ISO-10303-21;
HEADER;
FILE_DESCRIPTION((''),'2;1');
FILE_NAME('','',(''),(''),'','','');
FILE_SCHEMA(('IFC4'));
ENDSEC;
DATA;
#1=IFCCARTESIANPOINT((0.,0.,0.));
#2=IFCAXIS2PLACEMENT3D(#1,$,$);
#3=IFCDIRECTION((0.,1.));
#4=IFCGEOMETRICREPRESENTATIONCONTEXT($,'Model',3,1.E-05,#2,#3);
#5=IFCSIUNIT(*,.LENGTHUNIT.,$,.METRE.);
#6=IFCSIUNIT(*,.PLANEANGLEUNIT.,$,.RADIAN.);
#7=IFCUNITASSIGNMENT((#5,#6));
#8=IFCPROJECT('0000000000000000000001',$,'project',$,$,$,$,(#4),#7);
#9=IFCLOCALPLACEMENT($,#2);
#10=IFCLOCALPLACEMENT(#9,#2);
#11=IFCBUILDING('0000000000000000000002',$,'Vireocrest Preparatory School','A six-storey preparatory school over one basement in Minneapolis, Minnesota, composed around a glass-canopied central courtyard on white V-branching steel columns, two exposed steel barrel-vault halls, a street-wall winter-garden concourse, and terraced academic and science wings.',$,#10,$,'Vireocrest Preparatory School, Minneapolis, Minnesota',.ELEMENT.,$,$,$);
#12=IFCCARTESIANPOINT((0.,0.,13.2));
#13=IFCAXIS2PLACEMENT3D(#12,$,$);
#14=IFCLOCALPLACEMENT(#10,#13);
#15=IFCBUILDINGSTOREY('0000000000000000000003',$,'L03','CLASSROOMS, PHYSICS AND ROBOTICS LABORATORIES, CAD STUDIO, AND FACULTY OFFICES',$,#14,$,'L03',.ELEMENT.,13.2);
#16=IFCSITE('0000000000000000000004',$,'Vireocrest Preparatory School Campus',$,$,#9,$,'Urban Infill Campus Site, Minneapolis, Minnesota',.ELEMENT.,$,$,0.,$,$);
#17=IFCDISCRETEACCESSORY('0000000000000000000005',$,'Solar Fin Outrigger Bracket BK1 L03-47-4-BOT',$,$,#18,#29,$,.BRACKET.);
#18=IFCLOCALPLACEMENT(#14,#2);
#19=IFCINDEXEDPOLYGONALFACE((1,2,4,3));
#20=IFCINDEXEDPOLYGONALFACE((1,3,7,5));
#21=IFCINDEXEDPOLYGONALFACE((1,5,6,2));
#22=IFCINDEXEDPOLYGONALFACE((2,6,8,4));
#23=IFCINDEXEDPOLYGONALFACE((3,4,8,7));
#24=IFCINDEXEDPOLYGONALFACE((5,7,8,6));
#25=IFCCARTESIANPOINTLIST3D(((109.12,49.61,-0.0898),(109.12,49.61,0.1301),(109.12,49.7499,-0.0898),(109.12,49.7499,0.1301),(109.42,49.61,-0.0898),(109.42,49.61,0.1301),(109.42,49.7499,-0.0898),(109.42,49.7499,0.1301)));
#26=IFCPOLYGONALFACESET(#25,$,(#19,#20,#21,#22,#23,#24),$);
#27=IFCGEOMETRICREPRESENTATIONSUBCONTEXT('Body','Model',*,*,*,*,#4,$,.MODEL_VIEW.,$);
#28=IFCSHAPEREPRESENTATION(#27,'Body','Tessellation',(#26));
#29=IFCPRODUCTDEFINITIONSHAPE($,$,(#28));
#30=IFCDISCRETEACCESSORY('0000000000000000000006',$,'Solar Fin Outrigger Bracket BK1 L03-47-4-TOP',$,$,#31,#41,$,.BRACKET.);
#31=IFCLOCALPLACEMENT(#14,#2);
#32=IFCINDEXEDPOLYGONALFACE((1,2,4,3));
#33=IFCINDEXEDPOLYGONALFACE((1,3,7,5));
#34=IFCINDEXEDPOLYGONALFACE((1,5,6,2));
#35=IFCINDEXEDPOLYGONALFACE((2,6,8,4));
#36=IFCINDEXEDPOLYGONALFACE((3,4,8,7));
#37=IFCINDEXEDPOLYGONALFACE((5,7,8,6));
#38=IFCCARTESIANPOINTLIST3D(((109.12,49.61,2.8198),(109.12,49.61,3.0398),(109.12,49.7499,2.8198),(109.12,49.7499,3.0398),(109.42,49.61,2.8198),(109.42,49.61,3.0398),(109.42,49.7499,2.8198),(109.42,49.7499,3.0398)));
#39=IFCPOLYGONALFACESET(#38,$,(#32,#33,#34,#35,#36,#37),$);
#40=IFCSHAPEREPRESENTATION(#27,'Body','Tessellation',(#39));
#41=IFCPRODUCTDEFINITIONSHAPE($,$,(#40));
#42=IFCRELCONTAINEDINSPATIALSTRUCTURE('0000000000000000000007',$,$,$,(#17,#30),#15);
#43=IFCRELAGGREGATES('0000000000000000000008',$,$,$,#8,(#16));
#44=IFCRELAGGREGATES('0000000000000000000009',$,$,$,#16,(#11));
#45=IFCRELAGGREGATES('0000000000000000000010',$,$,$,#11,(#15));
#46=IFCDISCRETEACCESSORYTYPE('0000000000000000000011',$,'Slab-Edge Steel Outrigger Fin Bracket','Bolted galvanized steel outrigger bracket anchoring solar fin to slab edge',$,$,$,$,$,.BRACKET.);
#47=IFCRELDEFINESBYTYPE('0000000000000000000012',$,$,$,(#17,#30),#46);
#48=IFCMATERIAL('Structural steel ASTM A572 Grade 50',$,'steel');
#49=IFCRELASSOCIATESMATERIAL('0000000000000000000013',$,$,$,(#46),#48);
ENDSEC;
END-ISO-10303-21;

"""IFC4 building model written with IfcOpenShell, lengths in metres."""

from ifc_helpers import new_model, si_unit, direction, frame, origin, origin_2d, place, context, subcontext, project, spatial, rectangle, extrude, material, type_object, element, save


model = new_model("IFC4")

# Units and contexts
model_context = context("Model", 3, precision=1e-05, world=origin(), true_north=direction((0.0, 1.0)))
body_context = subcontext(model_context, "Body", "Model", "MODEL_VIEW")
ifc_project = project(units=[si_unit("LENGTHUNIT", "METRE"), si_unit("PLANEANGLEUNIT", "RADIAN")], contexts=[model_context])

# Site, building, storey
site_placement = place(None, origin())
site = spatial("IfcSite", under=ifc_project, at=site_placement, Name="Vireocrest Preparatory School Campus", LongName="Urban Infill Campus Site, Minneapolis, Minnesota", CompositionType="ELEMENT", RefElevation=0.0)
building_placement = place(site_placement, origin())
building = spatial("IfcBuilding", under=site, at=building_placement, Name="Vireocrest Preparatory School", Description="A six-storey preparatory school over one basement in Minneapolis, Minnesota, composed around a glass-canopied central courtyard on white V-branching steel columns, two exposed steel barrel-vault halls, a street-wall winter-garden concourse, and terraced academic and science wings.", LongName="Vireocrest Preparatory School, Minneapolis, Minnesota", CompositionType="ELEMENT")
storey_placement = place(building_placement, frame((0.0, 0.0, 13.2)))
storey = spatial("IfcBuildingStorey", under=building, at=storey_placement, Name="L03", Description="CLASSROOMS, PHYSICS AND ROBOTICS LABORATORIES, CAD STUDIO, AND FACULTY OFFICES", LongName="L03", CompositionType="ELEMENT", Elevation=13.2)

# Discrete accessories
ifc_material_1 = material(Name="Structural steel ASTM A572 Grade 50", Category="steel")
discrete_accessory_type = type_object("IfcDiscreteAccessoryType", Name="Slab-Edge Steel Outrigger Fin Bracket", Description="Bolted galvanized steel outrigger bracket anchoring solar fin to slab edge", PredefinedType="BRACKET", material=ifc_material_1)
for number, where, z_axis, x_axis, name in (
    (1, (109.27, 49.6799, -0.0898), (0.0, 0.0, 1.0), (0.0, -1.0, 0.0), "Solar Fin Outrigger Bracket BK1 L03-47-4-BOT"),
    (2, (109.27, 49.6799, 2.8198), (0.0, 0.0, 1.0), (0.0, -1.0, 0.0), "Solar Fin Outrigger Bracket BK1 L03-47-4-TOP"),
):
    element("IfcDiscreteAccessory", number, at=place(storey_placement, frame(where, z_axis=z_axis, x_axis=x_axis)), inside=storey, type_object=discrete_accessory_type, Name=name, PredefinedType="BRACKET", context=body_context, shape_type="SweptSolid", body=[
        extrude(rectangle(XDim=0.1399, YDim=0.3, at=origin_2d()), origin(), (0.0, 0.0, 1.0), 0.22),
    ])

save(model, "model.ifc")
